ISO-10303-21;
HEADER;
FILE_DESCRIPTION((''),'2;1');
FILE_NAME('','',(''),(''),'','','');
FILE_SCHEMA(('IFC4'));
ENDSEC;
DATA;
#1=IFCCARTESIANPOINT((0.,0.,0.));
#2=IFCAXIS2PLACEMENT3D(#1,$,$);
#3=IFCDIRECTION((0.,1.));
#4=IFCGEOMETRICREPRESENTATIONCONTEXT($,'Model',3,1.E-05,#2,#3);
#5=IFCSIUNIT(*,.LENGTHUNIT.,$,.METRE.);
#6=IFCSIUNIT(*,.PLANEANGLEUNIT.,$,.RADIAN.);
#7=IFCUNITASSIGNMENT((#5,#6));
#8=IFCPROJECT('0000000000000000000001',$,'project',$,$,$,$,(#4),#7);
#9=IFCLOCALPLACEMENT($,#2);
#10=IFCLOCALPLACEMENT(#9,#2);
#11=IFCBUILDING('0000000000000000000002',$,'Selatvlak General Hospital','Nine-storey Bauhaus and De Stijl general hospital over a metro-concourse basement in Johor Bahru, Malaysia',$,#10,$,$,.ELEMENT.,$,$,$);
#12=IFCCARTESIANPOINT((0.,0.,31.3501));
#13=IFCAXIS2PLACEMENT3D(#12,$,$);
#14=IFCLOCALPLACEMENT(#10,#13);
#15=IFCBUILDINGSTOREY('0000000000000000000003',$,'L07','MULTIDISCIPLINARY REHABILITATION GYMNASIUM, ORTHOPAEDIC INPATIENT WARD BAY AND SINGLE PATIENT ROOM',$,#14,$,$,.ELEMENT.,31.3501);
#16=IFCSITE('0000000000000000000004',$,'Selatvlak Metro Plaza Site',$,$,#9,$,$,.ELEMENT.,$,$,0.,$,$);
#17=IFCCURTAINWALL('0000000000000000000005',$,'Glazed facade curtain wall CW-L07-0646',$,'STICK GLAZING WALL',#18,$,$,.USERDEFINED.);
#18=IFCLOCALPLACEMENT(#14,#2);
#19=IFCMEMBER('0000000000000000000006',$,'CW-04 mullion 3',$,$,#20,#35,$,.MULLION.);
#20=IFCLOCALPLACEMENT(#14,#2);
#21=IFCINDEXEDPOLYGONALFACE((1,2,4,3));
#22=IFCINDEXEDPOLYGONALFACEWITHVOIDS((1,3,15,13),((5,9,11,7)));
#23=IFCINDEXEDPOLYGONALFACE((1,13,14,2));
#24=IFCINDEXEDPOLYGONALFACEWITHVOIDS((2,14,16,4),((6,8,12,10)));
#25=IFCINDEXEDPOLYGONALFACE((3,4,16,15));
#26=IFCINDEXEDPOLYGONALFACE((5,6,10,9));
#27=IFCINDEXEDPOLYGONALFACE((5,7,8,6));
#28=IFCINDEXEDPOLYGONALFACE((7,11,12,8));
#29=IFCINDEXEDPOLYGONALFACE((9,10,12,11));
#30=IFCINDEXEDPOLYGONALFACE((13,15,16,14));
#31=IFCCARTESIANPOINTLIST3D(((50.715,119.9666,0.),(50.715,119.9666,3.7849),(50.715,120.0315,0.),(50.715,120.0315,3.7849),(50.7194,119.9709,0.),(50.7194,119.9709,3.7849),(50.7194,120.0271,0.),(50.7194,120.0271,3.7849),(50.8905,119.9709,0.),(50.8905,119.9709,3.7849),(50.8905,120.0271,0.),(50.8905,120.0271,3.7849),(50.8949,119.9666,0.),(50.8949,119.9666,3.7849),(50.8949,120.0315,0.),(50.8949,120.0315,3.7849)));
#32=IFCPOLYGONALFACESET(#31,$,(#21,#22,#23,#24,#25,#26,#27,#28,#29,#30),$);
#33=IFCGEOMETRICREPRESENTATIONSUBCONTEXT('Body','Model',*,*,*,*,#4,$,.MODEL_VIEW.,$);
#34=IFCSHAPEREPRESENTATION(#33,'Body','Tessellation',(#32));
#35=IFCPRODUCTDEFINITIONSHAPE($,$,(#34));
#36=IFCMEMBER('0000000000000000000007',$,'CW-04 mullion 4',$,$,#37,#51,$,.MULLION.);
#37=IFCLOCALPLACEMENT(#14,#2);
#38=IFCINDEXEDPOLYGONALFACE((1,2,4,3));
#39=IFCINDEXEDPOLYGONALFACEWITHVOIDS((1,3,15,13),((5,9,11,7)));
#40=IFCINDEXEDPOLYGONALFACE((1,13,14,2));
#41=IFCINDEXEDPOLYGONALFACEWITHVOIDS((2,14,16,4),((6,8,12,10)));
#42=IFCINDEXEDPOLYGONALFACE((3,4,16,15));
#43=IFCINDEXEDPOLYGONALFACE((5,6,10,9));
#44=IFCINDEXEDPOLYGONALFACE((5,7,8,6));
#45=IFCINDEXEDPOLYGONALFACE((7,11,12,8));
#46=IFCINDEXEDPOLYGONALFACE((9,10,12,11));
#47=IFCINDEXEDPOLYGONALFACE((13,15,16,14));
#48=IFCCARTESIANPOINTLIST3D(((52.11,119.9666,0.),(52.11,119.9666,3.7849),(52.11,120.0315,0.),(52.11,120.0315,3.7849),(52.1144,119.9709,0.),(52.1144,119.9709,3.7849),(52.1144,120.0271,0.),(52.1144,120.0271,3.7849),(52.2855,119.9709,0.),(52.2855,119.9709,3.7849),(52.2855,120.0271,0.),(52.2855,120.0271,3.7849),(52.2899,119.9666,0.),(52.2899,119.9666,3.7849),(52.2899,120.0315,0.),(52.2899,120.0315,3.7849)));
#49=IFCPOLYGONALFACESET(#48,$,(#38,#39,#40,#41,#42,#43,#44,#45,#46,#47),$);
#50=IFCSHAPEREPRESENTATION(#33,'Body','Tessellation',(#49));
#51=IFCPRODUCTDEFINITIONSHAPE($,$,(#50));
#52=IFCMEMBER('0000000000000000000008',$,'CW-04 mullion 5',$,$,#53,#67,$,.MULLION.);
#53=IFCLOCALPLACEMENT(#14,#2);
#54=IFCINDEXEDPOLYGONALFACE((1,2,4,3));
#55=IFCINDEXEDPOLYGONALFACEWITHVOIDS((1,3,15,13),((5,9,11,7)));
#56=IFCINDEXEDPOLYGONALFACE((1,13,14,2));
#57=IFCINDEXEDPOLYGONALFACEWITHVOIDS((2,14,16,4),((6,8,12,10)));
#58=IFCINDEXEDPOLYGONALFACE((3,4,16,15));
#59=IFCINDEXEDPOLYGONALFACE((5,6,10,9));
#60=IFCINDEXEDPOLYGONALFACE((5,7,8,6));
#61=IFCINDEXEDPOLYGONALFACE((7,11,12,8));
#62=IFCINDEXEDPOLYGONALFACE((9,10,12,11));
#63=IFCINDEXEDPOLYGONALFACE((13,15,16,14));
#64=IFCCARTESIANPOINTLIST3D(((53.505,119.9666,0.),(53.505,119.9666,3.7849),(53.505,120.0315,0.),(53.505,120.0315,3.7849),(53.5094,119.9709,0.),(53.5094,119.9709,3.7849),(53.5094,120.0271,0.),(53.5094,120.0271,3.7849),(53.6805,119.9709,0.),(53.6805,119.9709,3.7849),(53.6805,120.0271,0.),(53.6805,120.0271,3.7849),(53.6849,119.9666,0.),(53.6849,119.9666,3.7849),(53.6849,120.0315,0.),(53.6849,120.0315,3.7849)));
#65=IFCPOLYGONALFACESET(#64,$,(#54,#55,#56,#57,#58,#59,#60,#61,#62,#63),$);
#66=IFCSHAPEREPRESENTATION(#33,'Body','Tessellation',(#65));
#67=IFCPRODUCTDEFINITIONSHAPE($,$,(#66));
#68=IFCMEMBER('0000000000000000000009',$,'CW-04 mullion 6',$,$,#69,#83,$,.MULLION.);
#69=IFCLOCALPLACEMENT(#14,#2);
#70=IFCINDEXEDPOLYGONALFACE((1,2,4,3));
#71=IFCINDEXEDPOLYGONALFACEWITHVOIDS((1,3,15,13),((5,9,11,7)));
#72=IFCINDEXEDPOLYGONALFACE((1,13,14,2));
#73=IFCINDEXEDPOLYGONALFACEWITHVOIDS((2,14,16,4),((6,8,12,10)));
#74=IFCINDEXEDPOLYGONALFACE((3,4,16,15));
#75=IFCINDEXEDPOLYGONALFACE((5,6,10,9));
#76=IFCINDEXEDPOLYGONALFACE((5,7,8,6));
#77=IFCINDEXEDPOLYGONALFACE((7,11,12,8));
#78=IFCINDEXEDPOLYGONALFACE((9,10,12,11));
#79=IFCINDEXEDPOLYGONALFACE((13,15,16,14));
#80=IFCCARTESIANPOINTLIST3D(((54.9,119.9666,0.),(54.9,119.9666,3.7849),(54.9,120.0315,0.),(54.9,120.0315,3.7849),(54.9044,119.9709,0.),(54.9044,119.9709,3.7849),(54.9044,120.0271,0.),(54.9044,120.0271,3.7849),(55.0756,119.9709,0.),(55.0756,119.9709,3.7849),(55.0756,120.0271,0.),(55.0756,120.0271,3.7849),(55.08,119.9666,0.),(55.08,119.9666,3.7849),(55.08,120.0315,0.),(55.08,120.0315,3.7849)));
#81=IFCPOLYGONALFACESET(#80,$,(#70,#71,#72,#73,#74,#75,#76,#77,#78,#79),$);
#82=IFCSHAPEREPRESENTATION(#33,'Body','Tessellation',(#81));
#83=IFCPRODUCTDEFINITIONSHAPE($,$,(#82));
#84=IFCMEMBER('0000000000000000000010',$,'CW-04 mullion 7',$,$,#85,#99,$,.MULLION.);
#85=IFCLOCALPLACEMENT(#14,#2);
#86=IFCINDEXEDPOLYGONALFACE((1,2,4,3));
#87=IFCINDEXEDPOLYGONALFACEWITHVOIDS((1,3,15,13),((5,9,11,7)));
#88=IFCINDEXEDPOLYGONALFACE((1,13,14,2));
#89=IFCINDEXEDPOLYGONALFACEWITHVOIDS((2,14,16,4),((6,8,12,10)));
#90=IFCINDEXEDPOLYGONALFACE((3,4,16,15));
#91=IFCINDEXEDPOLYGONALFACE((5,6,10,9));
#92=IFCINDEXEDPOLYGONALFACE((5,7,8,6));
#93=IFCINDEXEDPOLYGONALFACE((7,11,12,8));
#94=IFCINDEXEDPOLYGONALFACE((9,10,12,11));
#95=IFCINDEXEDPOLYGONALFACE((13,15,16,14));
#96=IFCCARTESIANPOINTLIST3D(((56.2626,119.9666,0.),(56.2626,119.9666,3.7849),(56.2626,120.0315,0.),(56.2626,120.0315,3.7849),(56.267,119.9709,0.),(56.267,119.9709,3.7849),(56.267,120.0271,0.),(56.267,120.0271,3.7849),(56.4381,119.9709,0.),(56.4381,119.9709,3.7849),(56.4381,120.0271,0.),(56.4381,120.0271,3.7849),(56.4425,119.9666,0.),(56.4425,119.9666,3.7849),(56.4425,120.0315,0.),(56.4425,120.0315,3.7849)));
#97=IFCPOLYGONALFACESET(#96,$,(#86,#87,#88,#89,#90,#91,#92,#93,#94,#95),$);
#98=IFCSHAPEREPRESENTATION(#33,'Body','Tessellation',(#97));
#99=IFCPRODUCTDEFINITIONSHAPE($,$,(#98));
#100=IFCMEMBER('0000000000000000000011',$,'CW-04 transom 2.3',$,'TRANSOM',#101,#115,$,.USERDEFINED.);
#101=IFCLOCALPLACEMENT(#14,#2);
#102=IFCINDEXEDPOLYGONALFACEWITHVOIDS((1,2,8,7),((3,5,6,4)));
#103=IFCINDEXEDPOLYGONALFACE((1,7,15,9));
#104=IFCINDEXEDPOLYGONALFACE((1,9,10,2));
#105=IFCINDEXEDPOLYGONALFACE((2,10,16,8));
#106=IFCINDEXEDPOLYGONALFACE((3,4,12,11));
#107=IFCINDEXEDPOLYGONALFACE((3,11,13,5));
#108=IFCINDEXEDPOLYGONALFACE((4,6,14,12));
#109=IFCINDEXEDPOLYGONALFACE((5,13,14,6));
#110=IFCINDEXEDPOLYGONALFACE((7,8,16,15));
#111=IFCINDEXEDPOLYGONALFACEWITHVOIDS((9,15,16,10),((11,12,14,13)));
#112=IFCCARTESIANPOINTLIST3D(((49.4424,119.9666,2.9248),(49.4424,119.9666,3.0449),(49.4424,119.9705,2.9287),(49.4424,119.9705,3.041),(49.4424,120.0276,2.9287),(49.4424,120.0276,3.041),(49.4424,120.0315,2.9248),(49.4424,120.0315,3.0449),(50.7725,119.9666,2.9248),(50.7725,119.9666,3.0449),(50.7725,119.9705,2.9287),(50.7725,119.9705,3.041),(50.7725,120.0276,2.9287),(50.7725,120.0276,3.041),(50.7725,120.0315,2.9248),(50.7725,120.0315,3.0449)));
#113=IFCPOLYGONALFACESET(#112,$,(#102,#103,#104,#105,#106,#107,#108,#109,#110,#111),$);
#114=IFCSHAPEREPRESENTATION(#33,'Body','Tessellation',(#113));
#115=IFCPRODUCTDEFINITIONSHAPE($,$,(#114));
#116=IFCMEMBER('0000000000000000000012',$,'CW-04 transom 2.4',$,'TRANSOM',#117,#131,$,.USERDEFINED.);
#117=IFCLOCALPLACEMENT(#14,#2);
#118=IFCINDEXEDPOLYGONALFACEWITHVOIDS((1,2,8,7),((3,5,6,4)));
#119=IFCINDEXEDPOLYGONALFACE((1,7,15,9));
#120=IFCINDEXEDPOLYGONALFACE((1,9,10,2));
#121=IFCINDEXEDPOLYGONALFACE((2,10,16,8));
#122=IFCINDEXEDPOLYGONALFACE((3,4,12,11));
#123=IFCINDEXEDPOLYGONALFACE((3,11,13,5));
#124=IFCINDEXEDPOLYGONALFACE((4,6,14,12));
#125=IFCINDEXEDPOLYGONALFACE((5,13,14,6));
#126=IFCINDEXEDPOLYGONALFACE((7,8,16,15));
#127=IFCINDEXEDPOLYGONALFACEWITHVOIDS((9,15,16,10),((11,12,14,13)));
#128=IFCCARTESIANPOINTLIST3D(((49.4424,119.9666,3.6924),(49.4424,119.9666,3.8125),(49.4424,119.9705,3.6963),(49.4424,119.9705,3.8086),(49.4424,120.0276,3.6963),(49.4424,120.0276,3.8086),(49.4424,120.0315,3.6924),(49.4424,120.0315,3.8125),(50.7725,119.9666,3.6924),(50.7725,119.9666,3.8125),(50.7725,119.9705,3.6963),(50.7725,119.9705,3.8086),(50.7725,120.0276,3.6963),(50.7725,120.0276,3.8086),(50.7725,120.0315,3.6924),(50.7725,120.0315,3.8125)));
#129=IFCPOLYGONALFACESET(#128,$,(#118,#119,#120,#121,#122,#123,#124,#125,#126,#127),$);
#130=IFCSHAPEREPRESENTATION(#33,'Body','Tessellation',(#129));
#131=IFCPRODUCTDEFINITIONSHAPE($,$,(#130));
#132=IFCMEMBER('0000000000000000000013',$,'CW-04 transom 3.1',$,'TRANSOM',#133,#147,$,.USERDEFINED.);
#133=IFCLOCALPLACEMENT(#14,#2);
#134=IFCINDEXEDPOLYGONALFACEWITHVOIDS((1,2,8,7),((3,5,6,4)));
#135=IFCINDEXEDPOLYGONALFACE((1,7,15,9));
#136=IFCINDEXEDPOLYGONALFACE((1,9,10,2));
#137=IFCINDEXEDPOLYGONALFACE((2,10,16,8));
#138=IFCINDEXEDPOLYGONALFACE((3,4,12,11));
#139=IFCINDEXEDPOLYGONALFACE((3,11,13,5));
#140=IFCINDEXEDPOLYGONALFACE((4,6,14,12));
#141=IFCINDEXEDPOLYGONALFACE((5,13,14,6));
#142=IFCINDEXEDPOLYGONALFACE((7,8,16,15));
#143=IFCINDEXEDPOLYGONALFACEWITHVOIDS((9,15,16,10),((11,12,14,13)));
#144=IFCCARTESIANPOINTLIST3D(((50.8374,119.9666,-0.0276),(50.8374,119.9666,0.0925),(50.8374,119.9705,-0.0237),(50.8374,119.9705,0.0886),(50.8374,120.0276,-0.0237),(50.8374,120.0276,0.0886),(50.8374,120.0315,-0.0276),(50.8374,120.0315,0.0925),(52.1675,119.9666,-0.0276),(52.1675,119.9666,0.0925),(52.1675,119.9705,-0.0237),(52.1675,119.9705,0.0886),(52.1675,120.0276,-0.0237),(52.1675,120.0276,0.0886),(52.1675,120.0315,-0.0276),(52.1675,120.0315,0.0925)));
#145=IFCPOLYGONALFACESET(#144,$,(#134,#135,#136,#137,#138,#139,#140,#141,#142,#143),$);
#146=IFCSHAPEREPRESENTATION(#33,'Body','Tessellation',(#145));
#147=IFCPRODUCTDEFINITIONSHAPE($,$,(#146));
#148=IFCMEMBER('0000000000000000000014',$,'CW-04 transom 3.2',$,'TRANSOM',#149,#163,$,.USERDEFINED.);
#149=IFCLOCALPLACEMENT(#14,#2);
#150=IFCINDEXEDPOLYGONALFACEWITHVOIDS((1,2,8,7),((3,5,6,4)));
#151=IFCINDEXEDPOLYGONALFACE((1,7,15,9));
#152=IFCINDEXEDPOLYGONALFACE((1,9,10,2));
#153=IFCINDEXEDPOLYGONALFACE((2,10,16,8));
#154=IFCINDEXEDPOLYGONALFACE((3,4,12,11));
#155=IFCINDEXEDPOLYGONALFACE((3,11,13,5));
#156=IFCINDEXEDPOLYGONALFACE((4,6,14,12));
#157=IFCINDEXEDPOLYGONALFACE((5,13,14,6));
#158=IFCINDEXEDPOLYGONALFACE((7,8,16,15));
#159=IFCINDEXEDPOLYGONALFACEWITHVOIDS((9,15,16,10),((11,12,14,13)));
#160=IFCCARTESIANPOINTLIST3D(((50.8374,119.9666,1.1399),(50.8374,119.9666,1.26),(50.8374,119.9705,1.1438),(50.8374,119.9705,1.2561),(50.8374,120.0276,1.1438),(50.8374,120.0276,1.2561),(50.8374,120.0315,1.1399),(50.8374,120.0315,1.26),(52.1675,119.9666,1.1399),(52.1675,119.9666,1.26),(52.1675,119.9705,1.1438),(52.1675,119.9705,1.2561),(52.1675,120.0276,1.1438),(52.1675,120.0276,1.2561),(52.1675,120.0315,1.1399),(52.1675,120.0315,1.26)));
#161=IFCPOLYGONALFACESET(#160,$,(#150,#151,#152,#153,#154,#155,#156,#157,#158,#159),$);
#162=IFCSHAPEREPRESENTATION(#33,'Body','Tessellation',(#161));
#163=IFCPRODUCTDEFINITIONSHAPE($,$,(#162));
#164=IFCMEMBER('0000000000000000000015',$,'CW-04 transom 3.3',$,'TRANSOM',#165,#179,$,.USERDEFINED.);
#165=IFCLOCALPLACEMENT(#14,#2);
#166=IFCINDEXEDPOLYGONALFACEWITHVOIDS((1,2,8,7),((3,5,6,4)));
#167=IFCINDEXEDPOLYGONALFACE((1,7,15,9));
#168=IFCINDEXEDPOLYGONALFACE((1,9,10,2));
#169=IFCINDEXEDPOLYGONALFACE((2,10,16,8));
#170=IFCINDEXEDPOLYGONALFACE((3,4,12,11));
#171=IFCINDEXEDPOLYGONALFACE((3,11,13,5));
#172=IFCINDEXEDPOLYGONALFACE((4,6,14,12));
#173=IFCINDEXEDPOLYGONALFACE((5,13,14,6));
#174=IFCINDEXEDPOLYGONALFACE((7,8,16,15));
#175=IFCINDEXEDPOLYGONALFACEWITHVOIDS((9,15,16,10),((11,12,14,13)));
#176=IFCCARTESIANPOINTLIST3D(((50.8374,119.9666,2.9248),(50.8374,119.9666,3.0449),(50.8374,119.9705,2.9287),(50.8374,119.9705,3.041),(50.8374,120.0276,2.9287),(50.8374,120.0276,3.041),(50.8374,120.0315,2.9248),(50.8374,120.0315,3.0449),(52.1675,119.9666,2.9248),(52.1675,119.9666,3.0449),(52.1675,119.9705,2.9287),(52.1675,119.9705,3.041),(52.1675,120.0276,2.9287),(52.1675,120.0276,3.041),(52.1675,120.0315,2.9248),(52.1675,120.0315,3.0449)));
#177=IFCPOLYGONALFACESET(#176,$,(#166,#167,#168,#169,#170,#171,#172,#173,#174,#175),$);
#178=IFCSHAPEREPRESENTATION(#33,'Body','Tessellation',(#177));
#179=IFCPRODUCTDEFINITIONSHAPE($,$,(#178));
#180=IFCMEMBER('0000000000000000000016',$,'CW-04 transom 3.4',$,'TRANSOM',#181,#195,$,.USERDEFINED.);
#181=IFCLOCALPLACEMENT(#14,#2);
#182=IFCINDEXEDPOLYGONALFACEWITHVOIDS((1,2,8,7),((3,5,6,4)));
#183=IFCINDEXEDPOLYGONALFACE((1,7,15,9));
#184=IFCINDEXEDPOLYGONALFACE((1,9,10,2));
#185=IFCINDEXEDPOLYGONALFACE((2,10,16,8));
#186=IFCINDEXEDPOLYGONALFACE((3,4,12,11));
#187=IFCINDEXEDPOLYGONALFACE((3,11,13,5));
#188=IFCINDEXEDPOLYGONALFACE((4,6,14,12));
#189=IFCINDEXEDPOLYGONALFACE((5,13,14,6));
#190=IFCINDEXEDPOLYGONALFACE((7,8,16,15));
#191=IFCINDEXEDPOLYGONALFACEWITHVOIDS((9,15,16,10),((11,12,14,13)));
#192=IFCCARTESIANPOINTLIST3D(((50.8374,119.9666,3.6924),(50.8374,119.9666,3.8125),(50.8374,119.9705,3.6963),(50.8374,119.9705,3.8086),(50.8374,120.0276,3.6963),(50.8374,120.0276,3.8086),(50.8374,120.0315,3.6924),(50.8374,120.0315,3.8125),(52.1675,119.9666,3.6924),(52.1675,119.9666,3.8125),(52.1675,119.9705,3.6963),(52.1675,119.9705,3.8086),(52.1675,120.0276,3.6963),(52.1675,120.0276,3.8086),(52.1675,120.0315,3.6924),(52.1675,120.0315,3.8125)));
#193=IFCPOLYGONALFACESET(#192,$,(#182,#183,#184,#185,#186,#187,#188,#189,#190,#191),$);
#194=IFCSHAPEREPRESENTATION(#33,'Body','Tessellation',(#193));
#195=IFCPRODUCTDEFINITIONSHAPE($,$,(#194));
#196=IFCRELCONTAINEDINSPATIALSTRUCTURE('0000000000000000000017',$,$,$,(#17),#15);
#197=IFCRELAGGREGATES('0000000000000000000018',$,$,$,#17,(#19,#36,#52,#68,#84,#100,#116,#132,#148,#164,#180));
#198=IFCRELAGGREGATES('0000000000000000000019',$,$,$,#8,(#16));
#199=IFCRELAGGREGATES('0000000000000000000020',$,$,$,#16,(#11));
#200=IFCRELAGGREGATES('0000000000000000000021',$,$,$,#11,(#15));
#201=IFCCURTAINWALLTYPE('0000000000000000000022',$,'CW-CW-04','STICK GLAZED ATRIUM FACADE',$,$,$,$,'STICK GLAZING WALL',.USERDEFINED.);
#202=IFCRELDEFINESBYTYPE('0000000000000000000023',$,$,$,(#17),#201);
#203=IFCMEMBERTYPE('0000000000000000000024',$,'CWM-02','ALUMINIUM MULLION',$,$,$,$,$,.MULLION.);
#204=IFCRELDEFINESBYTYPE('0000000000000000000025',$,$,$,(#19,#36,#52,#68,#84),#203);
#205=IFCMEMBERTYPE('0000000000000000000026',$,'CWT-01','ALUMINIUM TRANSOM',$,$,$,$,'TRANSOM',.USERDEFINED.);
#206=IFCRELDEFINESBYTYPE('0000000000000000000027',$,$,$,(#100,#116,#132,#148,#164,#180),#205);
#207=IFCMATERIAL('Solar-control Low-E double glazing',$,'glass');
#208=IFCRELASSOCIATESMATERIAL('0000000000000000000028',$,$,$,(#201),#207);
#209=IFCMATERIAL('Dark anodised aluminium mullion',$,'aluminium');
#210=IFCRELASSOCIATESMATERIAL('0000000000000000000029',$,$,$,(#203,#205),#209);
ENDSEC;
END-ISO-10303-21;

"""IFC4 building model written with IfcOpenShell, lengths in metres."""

from ifc_helpers import new_model, si_unit, direction, frame, origin, origin_2d, place, context, subcontext, project, spatial, hollow_rectangle, extrude, material, material_profile, profile_set, type_object, element, aggregate, save


model = new_model("IFC4")

# Units and contexts
model_context = context("Model", 3, precision=1e-05, world=origin(), true_north=direction((0.0, 1.0)))
body_context = subcontext(model_context, "Body", "Model", "MODEL_VIEW")
ifc_project = project(units=[si_unit("LENGTHUNIT", "METRE"), si_unit("PLANEANGLEUNIT", "RADIAN")], contexts=[model_context])

# Site, building, storey
site_placement = place(None, origin())
site = spatial("IfcSite", under=ifc_project, at=site_placement, Name="Selatvlak Metro Plaza Site", CompositionType="ELEMENT", RefElevation=0.0)
building_placement = place(site_placement, origin())
building = spatial("IfcBuilding", under=site, at=building_placement, Name="Selatvlak General Hospital", Description="Nine-storey Bauhaus and De Stijl general hospital over a metro-concourse basement in Johor Bahru, Malaysia", CompositionType="ELEMENT")
storey_placement = place(building_placement, frame((0.0, 0.0, 31.3501)))
storey = spatial("IfcBuildingStorey", under=building, at=storey_placement, Name="L07", Description="MULTIDISCIPLINARY REHABILITATION GYMNASIUM, ORTHOPAEDIC INPATIENT WARD BAY AND SINGLE PATIENT ROOM", CompositionType="ELEMENT", Elevation=31.3501)

# Curtain wall, members
ifc_material_1 = material(Name="Solar-control Low-E double glazing", Category="glass")
curtain_wall_type = type_object("IfcCurtainWallType", Name="CW-CW-04", Description="STICK GLAZED ATRIUM FACADE", ElementType="STICK GLAZING WALL", PredefinedType="USERDEFINED", material=ifc_material_1)
curtain_wall_placement = place(storey_placement, origin())
curtain_wall = element("IfcCurtainWall", 1, at=curtain_wall_placement, inside=storey, type_object=curtain_wall_type, Name="Glazed facade curtain wall CW-L07-0646", ObjectType="STICK GLAZING WALL", PredefinedType="USERDEFINED")
ifc_material_2 = material(Name="Dark anodised aluminium mullion", Category="aluminium")
ifc_material_profile_1 = material_profile(ifc_material_2, hollow_rectangle(XDim=0.0649, YDim=0.1799, WallThickness=0.0044, at=origin_2d()), Name="AL-MUL 65x180x4.5")
ifc_profile_set_1 = profile_set([ifc_material_profile_1], Name="Dark anodised aluminium mullion")
member_type_1 = type_object("IfcMemberType", Name="CWM-02", Description="ALUMINIUM MULLION", PredefinedType="MULLION", material=ifc_profile_set_1)
member_1_placement = place(storey_placement, frame((50.8049, 119.999, 0.0), z_axis=(0.0, 0.0, 1.0), x_axis=(0.0, 1.0, 0.0)))
member_1 = element("IfcMember", 2, at=member_1_placement, type_object=member_type_1, Name="CW-04 mullion 3", PredefinedType="MULLION", context=body_context, shape_type="SweptSolid", body=[
    extrude(hollow_rectangle(XDim=0.0649, YDim=0.1799, WallThickness=0.0044, at=origin_2d()), origin(), (0.0, 0.0, 1.0), 3.7849),
])
member_2_placement = place(storey_placement, frame((52.2, 119.999, 0.0), z_axis=(0.0, 0.0, 1.0), x_axis=(0.0, 1.0, 0.0)))
member_2 = element("IfcMember", 3, at=member_2_placement, type_object=member_type_1, Name="CW-04 mullion 4", PredefinedType="MULLION", context=body_context, shape_type="SweptSolid", body=[
    extrude(hollow_rectangle(XDim=0.0649, YDim=0.1799, WallThickness=0.0044, at=origin_2d()), origin(), (0.0, 0.0, 1.0), 3.7849),
])
member_3_placement = place(storey_placement, frame((53.595, 119.999, 0.0), z_axis=(0.0, 0.0, 1.0), x_axis=(0.0, 1.0, 0.0)))
member_3 = element("IfcMember", 4, at=member_3_placement, type_object=member_type_1, Name="CW-04 mullion 5", PredefinedType="MULLION", context=body_context, shape_type="SweptSolid", body=[
    extrude(hollow_rectangle(XDim=0.0649, YDim=0.1799, WallThickness=0.0044, at=origin_2d()), origin(), (0.0, 0.0, 1.0), 3.7849),
])
member_4_placement = place(storey_placement, frame((54.99, 119.999, 0.0), z_axis=(0.0, 0.0, 1.0), x_axis=(0.0, 1.0, 0.0)))
member_4 = element("IfcMember", 5, at=member_4_placement, type_object=member_type_1, Name="CW-04 mullion 6", PredefinedType="MULLION", context=body_context, shape_type="SweptSolid", body=[
    extrude(hollow_rectangle(XDim=0.0649, YDim=0.1799, WallThickness=0.0044, at=origin_2d()), origin(), (0.0, 0.0, 1.0), 3.7849),
])
member_5_placement = place(storey_placement, frame((56.3525, 119.999, 0.0), z_axis=(0.0, 0.0, 1.0), x_axis=(0.0, 1.0, 0.0)))
member_5 = element("IfcMember", 6, at=member_5_placement, type_object=member_type_1, Name="CW-04 mullion 7", PredefinedType="MULLION", context=body_context, shape_type="SweptSolid", body=[
    extrude(hollow_rectangle(XDim=0.0649, YDim=0.1799, WallThickness=0.0044, at=origin_2d()), origin(), (0.0, 0.0, 1.0), 3.7849),
])
ifc_material_profile_2 = material_profile(ifc_material_2, hollow_rectangle(XDim=0.0649, YDim=0.1201, WallThickness=0.0039, at=origin_2d()), Name="AL-TRN 65x120x4")
ifc_profile_set_2 = profile_set([ifc_material_profile_2], Name="Dark anodised aluminium mullion")
member_type_2 = type_object("IfcMemberType", Name="CWT-01", Description="ALUMINIUM TRANSOM", ElementType="TRANSOM", PredefinedType="USERDEFINED", material=ifc_profile_set_2)
member_6_placement = place(storey_placement, frame((49.4424, 119.999, 2.9849), z_axis=(1.0, 0.0, 0.0), x_axis=(0.0, 1.0, 0.0)))
member_6 = element("IfcMember", 7, at=member_6_placement, type_object=member_type_2, Name="CW-04 transom 2.3", ObjectType="TRANSOM", PredefinedType="USERDEFINED", context=body_context, shape_type="SweptSolid", body=[
    extrude(hollow_rectangle(XDim=0.0649, YDim=0.1201, WallThickness=0.0039, at=origin_2d()), origin(), (0.0, 0.0, 1.0), 1.3301),
])
member_7_placement = place(storey_placement, frame((49.4424, 119.999, 3.7524), z_axis=(1.0, 0.0, 0.0), x_axis=(0.0, 1.0, 0.0)))
member_7 = element("IfcMember", 8, at=member_7_placement, type_object=member_type_2, Name="CW-04 transom 2.4", ObjectType="TRANSOM", PredefinedType="USERDEFINED", context=body_context, shape_type="SweptSolid", body=[
    extrude(hollow_rectangle(XDim=0.0649, YDim=0.1201, WallThickness=0.0039, at=origin_2d()), origin(), (0.0, 0.0, 1.0), 1.3301),
])
member_8_placement = place(storey_placement, frame((50.8374, 119.999, 0.0325), z_axis=(1.0, 0.0, 0.0), x_axis=(0.0, 1.0, 0.0)))
member_8 = element("IfcMember", 9, at=member_8_placement, type_object=member_type_2, Name="CW-04 transom 3.1", ObjectType="TRANSOM", PredefinedType="USERDEFINED", context=body_context, shape_type="SweptSolid", body=[
    extrude(hollow_rectangle(XDim=0.0649, YDim=0.1201, WallThickness=0.0039, at=origin_2d()), origin(), (0.0, 0.0, 1.0), 1.3301),
])
member_9_placement = place(storey_placement, frame((50.8374, 119.999, 1.2), z_axis=(1.0, 0.0, 0.0), x_axis=(0.0, 1.0, 0.0)))
member_9 = element("IfcMember", 10, at=member_9_placement, type_object=member_type_2, Name="CW-04 transom 3.2", ObjectType="TRANSOM", PredefinedType="USERDEFINED", context=body_context, shape_type="SweptSolid", body=[
    extrude(hollow_rectangle(XDim=0.0649, YDim=0.1201, WallThickness=0.0039, at=origin_2d()), origin(), (0.0, 0.0, 1.0), 1.3301),
])
member_10_placement = place(storey_placement, frame((50.8374, 119.999, 2.9849), z_axis=(1.0, 0.0, 0.0), x_axis=(0.0, 1.0, 0.0)))
member_10 = element("IfcMember", 11, at=member_10_placement, type_object=member_type_2, Name="CW-04 transom 3.3", ObjectType="TRANSOM", PredefinedType="USERDEFINED", context=body_context, shape_type="SweptSolid", body=[
    extrude(hollow_rectangle(XDim=0.0649, YDim=0.1201, WallThickness=0.0039, at=origin_2d()), origin(), (0.0, 0.0, 1.0), 1.3301),
])
member_11_placement = place(storey_placement, frame((50.8374, 119.999, 3.7524), z_axis=(1.0, 0.0, 0.0), x_axis=(0.0, 1.0, 0.0)))
member_11 = element("IfcMember", 12, at=member_11_placement, type_object=member_type_2, Name="CW-04 transom 3.4", ObjectType="TRANSOM", PredefinedType="USERDEFINED", context=body_context, shape_type="SweptSolid", body=[
    extrude(hollow_rectangle(XDim=0.0649, YDim=0.1201, WallThickness=0.0039, at=origin_2d()), origin(), (0.0, 0.0, 1.0), 1.3301),
])
aggregate(curtain_wall, [member_1, member_2, member_3, member_4, member_5, member_6, member_7, member_8, member_9, member_10, member_11])

save(model, "model.ifc")
